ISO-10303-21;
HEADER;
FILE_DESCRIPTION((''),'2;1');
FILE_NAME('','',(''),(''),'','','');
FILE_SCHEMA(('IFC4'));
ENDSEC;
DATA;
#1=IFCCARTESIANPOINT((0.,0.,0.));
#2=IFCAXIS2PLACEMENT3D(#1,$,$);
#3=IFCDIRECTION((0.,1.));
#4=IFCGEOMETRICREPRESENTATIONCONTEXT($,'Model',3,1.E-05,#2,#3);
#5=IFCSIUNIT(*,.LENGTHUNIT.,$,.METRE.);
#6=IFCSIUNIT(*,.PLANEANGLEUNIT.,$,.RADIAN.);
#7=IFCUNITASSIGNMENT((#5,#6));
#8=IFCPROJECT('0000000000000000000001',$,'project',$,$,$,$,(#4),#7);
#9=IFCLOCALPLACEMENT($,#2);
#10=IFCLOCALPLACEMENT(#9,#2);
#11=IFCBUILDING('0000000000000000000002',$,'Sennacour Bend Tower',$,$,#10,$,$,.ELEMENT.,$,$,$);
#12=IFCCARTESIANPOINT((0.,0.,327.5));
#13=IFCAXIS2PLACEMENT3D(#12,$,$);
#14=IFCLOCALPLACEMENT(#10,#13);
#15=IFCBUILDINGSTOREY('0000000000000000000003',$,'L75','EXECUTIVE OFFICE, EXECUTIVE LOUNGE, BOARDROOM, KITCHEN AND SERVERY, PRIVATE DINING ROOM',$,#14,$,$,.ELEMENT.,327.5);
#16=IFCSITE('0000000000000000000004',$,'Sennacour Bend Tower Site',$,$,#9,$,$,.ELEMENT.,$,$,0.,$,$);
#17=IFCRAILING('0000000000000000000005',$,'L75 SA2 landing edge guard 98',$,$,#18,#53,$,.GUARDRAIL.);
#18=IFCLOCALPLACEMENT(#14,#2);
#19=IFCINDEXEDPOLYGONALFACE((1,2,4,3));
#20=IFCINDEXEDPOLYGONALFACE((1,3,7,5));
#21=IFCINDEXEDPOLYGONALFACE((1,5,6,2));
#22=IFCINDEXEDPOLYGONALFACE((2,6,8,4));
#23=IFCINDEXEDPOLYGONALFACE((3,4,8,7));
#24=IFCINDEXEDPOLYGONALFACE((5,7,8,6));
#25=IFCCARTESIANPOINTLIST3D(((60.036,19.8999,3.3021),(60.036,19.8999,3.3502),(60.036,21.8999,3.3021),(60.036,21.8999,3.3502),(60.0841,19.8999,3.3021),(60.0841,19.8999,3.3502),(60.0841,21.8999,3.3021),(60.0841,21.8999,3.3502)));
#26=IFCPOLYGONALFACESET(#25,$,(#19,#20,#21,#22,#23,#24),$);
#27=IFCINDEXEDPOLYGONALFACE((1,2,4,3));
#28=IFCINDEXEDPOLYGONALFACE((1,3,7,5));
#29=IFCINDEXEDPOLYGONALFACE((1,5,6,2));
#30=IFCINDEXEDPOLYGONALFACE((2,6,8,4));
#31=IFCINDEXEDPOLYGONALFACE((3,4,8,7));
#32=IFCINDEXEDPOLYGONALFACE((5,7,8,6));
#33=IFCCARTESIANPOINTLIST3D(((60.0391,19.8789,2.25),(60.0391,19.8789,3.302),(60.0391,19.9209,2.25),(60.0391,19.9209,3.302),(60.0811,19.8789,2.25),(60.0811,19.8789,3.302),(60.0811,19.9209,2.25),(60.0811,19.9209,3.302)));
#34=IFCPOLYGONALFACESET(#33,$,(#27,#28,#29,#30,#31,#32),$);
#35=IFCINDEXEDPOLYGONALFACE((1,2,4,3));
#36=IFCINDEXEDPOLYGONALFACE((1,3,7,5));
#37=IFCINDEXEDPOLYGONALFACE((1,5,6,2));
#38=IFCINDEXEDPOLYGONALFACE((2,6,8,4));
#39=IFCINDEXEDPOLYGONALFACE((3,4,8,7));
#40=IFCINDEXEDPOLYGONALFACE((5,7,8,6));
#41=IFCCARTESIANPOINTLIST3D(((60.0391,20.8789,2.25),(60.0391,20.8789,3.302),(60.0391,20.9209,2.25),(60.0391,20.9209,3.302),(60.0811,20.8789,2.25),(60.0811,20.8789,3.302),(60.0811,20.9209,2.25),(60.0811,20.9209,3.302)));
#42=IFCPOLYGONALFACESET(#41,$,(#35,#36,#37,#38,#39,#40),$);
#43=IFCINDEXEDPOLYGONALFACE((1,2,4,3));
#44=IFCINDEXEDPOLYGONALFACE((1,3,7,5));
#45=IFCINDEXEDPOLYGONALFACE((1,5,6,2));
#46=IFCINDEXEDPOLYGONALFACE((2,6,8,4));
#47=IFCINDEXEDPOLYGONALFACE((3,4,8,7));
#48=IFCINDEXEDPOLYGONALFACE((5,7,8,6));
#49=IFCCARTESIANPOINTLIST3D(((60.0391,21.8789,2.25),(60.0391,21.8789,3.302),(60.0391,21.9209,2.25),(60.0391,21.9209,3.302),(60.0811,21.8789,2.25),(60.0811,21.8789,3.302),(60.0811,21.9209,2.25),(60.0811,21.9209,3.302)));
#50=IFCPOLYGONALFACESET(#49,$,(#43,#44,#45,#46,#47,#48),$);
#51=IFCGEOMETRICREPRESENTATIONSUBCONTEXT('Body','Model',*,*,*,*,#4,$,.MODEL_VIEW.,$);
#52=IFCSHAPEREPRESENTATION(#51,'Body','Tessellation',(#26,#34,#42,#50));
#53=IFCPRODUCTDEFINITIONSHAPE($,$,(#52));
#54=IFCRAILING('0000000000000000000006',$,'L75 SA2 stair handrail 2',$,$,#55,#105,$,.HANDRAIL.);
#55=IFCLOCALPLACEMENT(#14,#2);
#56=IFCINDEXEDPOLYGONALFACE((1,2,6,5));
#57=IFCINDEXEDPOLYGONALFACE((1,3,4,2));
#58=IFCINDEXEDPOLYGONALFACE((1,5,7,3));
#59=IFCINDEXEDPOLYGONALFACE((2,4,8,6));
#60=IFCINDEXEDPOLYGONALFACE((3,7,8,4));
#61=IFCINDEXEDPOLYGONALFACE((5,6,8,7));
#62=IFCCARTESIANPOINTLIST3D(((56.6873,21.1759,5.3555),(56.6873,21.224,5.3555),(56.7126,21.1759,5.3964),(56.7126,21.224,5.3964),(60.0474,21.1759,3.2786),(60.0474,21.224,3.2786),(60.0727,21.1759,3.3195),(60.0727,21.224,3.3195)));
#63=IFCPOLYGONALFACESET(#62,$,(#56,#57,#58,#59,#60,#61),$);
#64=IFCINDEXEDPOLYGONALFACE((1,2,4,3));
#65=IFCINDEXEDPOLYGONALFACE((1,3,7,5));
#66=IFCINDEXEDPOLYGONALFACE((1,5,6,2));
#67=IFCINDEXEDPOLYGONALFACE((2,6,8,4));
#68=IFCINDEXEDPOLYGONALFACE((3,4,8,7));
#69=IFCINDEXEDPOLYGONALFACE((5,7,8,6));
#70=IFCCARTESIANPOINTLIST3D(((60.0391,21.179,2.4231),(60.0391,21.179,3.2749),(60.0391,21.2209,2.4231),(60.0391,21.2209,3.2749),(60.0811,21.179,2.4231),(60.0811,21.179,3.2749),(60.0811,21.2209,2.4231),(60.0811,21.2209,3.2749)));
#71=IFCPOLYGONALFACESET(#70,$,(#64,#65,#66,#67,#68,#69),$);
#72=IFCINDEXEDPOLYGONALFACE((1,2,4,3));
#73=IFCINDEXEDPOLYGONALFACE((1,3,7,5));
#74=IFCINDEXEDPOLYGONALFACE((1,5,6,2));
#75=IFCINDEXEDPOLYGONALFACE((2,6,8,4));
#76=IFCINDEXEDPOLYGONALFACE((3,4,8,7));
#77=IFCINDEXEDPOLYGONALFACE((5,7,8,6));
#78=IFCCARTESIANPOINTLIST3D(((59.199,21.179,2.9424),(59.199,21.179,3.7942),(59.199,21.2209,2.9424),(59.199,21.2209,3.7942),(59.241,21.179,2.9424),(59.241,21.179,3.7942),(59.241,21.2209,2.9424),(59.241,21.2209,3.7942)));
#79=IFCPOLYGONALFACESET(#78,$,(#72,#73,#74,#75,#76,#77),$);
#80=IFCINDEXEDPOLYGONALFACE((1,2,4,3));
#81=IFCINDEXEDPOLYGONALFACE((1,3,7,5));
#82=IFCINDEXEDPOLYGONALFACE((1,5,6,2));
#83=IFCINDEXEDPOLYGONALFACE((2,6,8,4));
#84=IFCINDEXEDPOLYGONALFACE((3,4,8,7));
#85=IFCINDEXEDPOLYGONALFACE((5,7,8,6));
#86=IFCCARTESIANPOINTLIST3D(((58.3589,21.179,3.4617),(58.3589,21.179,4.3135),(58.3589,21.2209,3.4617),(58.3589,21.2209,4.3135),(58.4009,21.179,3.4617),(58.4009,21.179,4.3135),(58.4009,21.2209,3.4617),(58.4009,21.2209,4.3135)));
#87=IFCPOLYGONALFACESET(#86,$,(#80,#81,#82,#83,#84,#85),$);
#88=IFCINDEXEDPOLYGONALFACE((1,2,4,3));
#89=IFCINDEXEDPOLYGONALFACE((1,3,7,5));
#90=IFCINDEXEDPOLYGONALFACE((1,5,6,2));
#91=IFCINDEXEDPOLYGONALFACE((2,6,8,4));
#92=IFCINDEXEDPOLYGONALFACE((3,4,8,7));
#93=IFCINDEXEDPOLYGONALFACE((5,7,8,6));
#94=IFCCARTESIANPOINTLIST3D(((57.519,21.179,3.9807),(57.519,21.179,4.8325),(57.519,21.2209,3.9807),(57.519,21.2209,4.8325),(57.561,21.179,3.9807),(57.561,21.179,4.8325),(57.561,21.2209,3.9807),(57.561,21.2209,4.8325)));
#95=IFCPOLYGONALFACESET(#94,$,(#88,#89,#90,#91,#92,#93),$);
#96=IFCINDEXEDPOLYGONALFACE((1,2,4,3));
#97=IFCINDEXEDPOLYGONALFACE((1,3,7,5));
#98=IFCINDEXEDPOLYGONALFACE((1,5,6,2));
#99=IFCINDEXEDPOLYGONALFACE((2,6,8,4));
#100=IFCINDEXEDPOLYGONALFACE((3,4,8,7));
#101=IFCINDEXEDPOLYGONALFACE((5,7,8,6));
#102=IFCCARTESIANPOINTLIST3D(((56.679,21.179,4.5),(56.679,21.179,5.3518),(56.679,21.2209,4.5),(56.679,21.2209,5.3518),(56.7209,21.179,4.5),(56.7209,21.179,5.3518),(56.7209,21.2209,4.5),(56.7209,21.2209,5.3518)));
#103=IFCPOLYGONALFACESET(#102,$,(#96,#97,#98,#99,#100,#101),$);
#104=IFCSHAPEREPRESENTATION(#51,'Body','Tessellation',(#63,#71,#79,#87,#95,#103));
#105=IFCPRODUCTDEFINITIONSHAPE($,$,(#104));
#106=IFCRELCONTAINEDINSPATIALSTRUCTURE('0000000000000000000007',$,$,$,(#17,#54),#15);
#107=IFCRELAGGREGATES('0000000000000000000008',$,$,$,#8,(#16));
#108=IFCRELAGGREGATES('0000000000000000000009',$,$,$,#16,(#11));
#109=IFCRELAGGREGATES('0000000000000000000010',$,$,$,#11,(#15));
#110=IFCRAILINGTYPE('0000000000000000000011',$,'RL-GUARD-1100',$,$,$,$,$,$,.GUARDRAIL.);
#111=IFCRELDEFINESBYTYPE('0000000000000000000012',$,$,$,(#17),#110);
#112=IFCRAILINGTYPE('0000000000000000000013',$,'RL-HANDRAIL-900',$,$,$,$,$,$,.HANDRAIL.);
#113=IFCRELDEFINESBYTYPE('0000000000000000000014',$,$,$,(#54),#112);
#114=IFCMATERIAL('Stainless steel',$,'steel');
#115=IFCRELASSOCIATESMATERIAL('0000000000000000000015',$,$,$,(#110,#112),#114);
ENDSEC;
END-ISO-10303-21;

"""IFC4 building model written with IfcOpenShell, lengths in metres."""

from ifc_helpers import new_model, si_unit, direction, frame, origin, origin_2d, place, context, subcontext, project, spatial, rectangle, extrude, material, type_object, element, save


model = new_model("IFC4")

# Units and contexts
model_context = context("Model", 3, precision=1e-05, world=origin(), true_north=direction((0.0, 1.0)))
body_context = subcontext(model_context, "Body", "Model", "MODEL_VIEW")
ifc_project = project(units=[si_unit("LENGTHUNIT", "METRE"), si_unit("PLANEANGLEUNIT", "RADIAN")], contexts=[model_context])

# Site, building, storey
site_placement = place(None, origin())
site = spatial("IfcSite", under=ifc_project, at=site_placement, Name="Sennacour Bend Tower Site", CompositionType="ELEMENT", RefElevation=0.0)
building_placement = place(site_placement, origin())
building = spatial("IfcBuilding", under=site, at=building_placement, Name="Sennacour Bend Tower", CompositionType="ELEMENT")
storey_placement = place(building_placement, frame((0.0, 0.0, 327.5)))
storey = spatial("IfcBuildingStorey", under=building, at=storey_placement, Name="L75", Description="EXECUTIVE OFFICE, EXECUTIVE LOUNGE, BOARDROOM, KITCHEN AND SERVERY, PRIVATE DINING ROOM", CompositionType="ELEMENT", Elevation=327.5)

# Railings
ifc_material_1 = material(Name="Stainless steel", Category="steel")
railing_type_1 = type_object("IfcRailingType", Name="RL-GUARD-1100", PredefinedType="GUARDRAIL", material=ifc_material_1)
railing_1_placement = place(storey_placement, frame((60.0601, 19.8999, 2.25)))
element("IfcRailing", 1, at=railing_1_placement, inside=storey, type_object=railing_type_1, Name="L75 SA2 landing edge guard 98", PredefinedType="GUARDRAIL", context=body_context, shape_type="SweptSolid", body=[
    extrude(rectangle(XDim=0.0481, YDim=0.0481, at=origin_2d()), frame((0.0, 0.0, 1.0762), z_axis=(0.0, 1.0, 0.0), x_axis=(-1.0, 0.0, 0.0)), (0.0, 0.0, 1.0), 2.0),
    extrude(rectangle(XDim=0.042, YDim=0.042, at=origin_2d()), origin(), (0.0, 0.0, 1.0), 1.052),
    extrude(rectangle(XDim=0.042, YDim=0.042, at=origin_2d()), frame((0.0, 1.0, 0.0)), (0.0, 0.0, 1.0), 1.052),
    extrude(rectangle(XDim=0.042, YDim=0.042, at=origin_2d()), frame((0.0, 2.0, 0.0)), (0.0, 0.0, 1.0), 1.052),
])
railing_type_2 = type_object("IfcRailingType", Name="RL-HANDRAIL-900", PredefinedType="HANDRAIL", material=ifc_material_1)
railing_2_placement = place(storey_placement, frame((60.0601, 21.2, 2.4231)))
element("IfcRailing", 2, at=railing_2_placement, inside=storey, type_object=railing_type_2, Name="L75 SA2 stair handrail 2", PredefinedType="HANDRAIL", context=body_context, shape_type="SweptSolid", body=[
    extrude(rectangle(XDim=0.0481, YDim=0.0481, at=origin_2d()), frame((0.0, 0.0, 0.876), z_axis=(-0.850623, 0.0, 0.525776), x_axis=(0.0, -1.0, 0.0)), (0.0, 0.0, 1.0), 3.9502),
    extrude(rectangle(XDim=0.042, YDim=0.042, at=origin_2d()), origin(), (0.0, 0.0, 1.0), 0.8518),
    extrude(rectangle(XDim=0.042, YDim=0.042, at=origin_2d()), frame((-0.8401, 0.0, 0.5193)), (0.0, 0.0, 1.0), 0.8518),
    extrude(rectangle(XDim=0.042, YDim=0.042, at=origin_2d()), frame((-1.6802, 0.0, 1.0386)), (0.0, 0.0, 1.0), 0.8518),
    extrude(rectangle(XDim=0.042, YDim=0.042, at=origin_2d()), frame((-2.52, 0.0, 1.5576)), (0.0, 0.0, 1.0), 0.8518),
    extrude(rectangle(XDim=0.042, YDim=0.042, at=origin_2d()), frame((-3.3601, 0.0, 2.0769)), (0.0, 0.0, 1.0), 0.8518),
])

save(model, "model.ifc")
